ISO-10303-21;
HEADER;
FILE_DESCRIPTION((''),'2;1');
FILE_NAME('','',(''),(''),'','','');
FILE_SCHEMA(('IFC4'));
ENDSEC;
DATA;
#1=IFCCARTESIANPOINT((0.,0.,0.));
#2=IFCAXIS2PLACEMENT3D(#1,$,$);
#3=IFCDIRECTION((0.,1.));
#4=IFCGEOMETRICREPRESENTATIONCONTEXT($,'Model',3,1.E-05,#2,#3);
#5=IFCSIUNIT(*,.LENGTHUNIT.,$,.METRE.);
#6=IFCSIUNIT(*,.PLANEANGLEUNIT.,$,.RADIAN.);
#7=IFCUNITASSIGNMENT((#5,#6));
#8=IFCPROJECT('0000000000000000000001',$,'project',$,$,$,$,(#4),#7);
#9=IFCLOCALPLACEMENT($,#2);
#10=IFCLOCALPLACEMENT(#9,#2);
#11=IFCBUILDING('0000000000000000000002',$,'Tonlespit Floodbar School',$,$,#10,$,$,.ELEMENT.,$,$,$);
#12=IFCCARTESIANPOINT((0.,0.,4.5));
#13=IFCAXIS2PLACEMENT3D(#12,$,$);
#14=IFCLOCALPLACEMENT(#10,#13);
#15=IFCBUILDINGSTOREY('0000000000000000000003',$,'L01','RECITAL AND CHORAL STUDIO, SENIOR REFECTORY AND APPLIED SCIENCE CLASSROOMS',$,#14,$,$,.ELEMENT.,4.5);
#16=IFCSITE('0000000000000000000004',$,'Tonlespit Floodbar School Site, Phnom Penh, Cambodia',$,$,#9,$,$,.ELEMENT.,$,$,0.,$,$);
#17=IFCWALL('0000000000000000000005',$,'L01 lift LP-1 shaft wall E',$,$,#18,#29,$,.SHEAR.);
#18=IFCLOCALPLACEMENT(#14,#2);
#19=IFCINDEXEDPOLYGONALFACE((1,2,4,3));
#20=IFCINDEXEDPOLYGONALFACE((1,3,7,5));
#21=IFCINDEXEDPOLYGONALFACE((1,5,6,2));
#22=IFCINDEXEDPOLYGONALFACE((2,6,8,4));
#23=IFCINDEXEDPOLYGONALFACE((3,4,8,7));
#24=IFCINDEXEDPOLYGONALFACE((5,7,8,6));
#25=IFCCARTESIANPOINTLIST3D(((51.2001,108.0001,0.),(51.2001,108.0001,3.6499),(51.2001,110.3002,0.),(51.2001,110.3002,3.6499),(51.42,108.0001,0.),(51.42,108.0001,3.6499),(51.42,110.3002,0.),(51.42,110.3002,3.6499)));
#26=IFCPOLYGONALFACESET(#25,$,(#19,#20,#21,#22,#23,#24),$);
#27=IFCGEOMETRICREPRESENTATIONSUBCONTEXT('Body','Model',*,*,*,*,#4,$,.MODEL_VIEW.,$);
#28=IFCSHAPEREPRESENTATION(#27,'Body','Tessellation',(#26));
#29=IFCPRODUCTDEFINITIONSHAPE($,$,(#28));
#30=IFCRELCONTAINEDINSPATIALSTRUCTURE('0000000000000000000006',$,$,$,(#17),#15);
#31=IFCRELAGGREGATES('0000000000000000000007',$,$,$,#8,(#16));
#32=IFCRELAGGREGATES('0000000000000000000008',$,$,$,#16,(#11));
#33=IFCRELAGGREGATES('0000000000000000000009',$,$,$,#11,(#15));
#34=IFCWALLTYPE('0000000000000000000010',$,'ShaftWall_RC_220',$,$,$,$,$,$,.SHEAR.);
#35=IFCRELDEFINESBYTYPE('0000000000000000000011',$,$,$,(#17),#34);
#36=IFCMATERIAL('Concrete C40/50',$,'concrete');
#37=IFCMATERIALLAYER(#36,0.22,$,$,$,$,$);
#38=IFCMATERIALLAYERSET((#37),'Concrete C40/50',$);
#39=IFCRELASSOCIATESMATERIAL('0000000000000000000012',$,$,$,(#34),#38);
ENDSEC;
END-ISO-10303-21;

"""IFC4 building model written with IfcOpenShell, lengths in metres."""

from ifc_helpers import new_model, si_unit, direction, frame, frame_2d, origin, place, context, subcontext, project, spatial, rectangle, extrude, material, layer, layer_set, type_object, element, save


model = new_model("IFC4")

# Units and contexts
model_context = context("Model", 3, precision=1e-05, world=origin(), true_north=direction((0.0, 1.0)))
body_context = subcontext(model_context, "Body", "Model", "MODEL_VIEW")
ifc_project = project(units=[si_unit("LENGTHUNIT", "METRE"), si_unit("PLANEANGLEUNIT", "RADIAN")], contexts=[model_context])

# Site, building, storey
site_placement = place(None, origin())
site = spatial("IfcSite", under=ifc_project, at=site_placement, Name="Tonlespit Floodbar School Site, Phnom Penh, Cambodia", CompositionType="ELEMENT", RefElevation=0.0)
building_placement = place(site_placement, origin())
building = spatial("IfcBuilding", under=site, at=building_placement, Name="Tonlespit Floodbar School", CompositionType="ELEMENT")
storey_placement = place(building_placement, frame((0.0, 0.0, 4.5)))
storey = spatial("IfcBuildingStorey", under=building, at=storey_placement, Name="L01", Description="RECITAL AND CHORAL STUDIO, SENIOR REFECTORY AND APPLIED SCIENCE CLASSROOMS", CompositionType="ELEMENT", Elevation=4.5)

# Shared definitions
ifc_material_1 = material(Name="Concrete C40/50", Category="concrete")

# Shared definitions
ifc_layer_1 = layer(ifc_material_1, 0.22)
ifc_layer_set_1 = layer_set([ifc_layer_1], Name="Concrete C40/50")
wall_type_1 = type_object("IfcWallType", Name="ShaftWall_RC_220", PredefinedType="SHEAR", material=ifc_layer_set_1)

# Wall
for number, where, z_axis, x_axis, name in (
    (1, (51.3101, 110.3, 0.0), (0.0, 0.0, 1.0), (0.0, -1.0, 0.0), "L01 lift LP-1 shaft wall E"),
):
    element("IfcWall", number, at=place(storey_placement, frame(where, z_axis=z_axis, x_axis=x_axis)), inside=storey, type_object=wall_type_1, Name=name, PredefinedType="SHEAR", context=body_context, shape_type="SweptSolid", body=[
        extrude(rectangle(XDim=2.3, YDim=0.22, at=frame_2d((1.1499, 0.0))), origin(), (0.0, 0.0, 1.0), 3.6499),
    ])

save(model, "model.ifc")
